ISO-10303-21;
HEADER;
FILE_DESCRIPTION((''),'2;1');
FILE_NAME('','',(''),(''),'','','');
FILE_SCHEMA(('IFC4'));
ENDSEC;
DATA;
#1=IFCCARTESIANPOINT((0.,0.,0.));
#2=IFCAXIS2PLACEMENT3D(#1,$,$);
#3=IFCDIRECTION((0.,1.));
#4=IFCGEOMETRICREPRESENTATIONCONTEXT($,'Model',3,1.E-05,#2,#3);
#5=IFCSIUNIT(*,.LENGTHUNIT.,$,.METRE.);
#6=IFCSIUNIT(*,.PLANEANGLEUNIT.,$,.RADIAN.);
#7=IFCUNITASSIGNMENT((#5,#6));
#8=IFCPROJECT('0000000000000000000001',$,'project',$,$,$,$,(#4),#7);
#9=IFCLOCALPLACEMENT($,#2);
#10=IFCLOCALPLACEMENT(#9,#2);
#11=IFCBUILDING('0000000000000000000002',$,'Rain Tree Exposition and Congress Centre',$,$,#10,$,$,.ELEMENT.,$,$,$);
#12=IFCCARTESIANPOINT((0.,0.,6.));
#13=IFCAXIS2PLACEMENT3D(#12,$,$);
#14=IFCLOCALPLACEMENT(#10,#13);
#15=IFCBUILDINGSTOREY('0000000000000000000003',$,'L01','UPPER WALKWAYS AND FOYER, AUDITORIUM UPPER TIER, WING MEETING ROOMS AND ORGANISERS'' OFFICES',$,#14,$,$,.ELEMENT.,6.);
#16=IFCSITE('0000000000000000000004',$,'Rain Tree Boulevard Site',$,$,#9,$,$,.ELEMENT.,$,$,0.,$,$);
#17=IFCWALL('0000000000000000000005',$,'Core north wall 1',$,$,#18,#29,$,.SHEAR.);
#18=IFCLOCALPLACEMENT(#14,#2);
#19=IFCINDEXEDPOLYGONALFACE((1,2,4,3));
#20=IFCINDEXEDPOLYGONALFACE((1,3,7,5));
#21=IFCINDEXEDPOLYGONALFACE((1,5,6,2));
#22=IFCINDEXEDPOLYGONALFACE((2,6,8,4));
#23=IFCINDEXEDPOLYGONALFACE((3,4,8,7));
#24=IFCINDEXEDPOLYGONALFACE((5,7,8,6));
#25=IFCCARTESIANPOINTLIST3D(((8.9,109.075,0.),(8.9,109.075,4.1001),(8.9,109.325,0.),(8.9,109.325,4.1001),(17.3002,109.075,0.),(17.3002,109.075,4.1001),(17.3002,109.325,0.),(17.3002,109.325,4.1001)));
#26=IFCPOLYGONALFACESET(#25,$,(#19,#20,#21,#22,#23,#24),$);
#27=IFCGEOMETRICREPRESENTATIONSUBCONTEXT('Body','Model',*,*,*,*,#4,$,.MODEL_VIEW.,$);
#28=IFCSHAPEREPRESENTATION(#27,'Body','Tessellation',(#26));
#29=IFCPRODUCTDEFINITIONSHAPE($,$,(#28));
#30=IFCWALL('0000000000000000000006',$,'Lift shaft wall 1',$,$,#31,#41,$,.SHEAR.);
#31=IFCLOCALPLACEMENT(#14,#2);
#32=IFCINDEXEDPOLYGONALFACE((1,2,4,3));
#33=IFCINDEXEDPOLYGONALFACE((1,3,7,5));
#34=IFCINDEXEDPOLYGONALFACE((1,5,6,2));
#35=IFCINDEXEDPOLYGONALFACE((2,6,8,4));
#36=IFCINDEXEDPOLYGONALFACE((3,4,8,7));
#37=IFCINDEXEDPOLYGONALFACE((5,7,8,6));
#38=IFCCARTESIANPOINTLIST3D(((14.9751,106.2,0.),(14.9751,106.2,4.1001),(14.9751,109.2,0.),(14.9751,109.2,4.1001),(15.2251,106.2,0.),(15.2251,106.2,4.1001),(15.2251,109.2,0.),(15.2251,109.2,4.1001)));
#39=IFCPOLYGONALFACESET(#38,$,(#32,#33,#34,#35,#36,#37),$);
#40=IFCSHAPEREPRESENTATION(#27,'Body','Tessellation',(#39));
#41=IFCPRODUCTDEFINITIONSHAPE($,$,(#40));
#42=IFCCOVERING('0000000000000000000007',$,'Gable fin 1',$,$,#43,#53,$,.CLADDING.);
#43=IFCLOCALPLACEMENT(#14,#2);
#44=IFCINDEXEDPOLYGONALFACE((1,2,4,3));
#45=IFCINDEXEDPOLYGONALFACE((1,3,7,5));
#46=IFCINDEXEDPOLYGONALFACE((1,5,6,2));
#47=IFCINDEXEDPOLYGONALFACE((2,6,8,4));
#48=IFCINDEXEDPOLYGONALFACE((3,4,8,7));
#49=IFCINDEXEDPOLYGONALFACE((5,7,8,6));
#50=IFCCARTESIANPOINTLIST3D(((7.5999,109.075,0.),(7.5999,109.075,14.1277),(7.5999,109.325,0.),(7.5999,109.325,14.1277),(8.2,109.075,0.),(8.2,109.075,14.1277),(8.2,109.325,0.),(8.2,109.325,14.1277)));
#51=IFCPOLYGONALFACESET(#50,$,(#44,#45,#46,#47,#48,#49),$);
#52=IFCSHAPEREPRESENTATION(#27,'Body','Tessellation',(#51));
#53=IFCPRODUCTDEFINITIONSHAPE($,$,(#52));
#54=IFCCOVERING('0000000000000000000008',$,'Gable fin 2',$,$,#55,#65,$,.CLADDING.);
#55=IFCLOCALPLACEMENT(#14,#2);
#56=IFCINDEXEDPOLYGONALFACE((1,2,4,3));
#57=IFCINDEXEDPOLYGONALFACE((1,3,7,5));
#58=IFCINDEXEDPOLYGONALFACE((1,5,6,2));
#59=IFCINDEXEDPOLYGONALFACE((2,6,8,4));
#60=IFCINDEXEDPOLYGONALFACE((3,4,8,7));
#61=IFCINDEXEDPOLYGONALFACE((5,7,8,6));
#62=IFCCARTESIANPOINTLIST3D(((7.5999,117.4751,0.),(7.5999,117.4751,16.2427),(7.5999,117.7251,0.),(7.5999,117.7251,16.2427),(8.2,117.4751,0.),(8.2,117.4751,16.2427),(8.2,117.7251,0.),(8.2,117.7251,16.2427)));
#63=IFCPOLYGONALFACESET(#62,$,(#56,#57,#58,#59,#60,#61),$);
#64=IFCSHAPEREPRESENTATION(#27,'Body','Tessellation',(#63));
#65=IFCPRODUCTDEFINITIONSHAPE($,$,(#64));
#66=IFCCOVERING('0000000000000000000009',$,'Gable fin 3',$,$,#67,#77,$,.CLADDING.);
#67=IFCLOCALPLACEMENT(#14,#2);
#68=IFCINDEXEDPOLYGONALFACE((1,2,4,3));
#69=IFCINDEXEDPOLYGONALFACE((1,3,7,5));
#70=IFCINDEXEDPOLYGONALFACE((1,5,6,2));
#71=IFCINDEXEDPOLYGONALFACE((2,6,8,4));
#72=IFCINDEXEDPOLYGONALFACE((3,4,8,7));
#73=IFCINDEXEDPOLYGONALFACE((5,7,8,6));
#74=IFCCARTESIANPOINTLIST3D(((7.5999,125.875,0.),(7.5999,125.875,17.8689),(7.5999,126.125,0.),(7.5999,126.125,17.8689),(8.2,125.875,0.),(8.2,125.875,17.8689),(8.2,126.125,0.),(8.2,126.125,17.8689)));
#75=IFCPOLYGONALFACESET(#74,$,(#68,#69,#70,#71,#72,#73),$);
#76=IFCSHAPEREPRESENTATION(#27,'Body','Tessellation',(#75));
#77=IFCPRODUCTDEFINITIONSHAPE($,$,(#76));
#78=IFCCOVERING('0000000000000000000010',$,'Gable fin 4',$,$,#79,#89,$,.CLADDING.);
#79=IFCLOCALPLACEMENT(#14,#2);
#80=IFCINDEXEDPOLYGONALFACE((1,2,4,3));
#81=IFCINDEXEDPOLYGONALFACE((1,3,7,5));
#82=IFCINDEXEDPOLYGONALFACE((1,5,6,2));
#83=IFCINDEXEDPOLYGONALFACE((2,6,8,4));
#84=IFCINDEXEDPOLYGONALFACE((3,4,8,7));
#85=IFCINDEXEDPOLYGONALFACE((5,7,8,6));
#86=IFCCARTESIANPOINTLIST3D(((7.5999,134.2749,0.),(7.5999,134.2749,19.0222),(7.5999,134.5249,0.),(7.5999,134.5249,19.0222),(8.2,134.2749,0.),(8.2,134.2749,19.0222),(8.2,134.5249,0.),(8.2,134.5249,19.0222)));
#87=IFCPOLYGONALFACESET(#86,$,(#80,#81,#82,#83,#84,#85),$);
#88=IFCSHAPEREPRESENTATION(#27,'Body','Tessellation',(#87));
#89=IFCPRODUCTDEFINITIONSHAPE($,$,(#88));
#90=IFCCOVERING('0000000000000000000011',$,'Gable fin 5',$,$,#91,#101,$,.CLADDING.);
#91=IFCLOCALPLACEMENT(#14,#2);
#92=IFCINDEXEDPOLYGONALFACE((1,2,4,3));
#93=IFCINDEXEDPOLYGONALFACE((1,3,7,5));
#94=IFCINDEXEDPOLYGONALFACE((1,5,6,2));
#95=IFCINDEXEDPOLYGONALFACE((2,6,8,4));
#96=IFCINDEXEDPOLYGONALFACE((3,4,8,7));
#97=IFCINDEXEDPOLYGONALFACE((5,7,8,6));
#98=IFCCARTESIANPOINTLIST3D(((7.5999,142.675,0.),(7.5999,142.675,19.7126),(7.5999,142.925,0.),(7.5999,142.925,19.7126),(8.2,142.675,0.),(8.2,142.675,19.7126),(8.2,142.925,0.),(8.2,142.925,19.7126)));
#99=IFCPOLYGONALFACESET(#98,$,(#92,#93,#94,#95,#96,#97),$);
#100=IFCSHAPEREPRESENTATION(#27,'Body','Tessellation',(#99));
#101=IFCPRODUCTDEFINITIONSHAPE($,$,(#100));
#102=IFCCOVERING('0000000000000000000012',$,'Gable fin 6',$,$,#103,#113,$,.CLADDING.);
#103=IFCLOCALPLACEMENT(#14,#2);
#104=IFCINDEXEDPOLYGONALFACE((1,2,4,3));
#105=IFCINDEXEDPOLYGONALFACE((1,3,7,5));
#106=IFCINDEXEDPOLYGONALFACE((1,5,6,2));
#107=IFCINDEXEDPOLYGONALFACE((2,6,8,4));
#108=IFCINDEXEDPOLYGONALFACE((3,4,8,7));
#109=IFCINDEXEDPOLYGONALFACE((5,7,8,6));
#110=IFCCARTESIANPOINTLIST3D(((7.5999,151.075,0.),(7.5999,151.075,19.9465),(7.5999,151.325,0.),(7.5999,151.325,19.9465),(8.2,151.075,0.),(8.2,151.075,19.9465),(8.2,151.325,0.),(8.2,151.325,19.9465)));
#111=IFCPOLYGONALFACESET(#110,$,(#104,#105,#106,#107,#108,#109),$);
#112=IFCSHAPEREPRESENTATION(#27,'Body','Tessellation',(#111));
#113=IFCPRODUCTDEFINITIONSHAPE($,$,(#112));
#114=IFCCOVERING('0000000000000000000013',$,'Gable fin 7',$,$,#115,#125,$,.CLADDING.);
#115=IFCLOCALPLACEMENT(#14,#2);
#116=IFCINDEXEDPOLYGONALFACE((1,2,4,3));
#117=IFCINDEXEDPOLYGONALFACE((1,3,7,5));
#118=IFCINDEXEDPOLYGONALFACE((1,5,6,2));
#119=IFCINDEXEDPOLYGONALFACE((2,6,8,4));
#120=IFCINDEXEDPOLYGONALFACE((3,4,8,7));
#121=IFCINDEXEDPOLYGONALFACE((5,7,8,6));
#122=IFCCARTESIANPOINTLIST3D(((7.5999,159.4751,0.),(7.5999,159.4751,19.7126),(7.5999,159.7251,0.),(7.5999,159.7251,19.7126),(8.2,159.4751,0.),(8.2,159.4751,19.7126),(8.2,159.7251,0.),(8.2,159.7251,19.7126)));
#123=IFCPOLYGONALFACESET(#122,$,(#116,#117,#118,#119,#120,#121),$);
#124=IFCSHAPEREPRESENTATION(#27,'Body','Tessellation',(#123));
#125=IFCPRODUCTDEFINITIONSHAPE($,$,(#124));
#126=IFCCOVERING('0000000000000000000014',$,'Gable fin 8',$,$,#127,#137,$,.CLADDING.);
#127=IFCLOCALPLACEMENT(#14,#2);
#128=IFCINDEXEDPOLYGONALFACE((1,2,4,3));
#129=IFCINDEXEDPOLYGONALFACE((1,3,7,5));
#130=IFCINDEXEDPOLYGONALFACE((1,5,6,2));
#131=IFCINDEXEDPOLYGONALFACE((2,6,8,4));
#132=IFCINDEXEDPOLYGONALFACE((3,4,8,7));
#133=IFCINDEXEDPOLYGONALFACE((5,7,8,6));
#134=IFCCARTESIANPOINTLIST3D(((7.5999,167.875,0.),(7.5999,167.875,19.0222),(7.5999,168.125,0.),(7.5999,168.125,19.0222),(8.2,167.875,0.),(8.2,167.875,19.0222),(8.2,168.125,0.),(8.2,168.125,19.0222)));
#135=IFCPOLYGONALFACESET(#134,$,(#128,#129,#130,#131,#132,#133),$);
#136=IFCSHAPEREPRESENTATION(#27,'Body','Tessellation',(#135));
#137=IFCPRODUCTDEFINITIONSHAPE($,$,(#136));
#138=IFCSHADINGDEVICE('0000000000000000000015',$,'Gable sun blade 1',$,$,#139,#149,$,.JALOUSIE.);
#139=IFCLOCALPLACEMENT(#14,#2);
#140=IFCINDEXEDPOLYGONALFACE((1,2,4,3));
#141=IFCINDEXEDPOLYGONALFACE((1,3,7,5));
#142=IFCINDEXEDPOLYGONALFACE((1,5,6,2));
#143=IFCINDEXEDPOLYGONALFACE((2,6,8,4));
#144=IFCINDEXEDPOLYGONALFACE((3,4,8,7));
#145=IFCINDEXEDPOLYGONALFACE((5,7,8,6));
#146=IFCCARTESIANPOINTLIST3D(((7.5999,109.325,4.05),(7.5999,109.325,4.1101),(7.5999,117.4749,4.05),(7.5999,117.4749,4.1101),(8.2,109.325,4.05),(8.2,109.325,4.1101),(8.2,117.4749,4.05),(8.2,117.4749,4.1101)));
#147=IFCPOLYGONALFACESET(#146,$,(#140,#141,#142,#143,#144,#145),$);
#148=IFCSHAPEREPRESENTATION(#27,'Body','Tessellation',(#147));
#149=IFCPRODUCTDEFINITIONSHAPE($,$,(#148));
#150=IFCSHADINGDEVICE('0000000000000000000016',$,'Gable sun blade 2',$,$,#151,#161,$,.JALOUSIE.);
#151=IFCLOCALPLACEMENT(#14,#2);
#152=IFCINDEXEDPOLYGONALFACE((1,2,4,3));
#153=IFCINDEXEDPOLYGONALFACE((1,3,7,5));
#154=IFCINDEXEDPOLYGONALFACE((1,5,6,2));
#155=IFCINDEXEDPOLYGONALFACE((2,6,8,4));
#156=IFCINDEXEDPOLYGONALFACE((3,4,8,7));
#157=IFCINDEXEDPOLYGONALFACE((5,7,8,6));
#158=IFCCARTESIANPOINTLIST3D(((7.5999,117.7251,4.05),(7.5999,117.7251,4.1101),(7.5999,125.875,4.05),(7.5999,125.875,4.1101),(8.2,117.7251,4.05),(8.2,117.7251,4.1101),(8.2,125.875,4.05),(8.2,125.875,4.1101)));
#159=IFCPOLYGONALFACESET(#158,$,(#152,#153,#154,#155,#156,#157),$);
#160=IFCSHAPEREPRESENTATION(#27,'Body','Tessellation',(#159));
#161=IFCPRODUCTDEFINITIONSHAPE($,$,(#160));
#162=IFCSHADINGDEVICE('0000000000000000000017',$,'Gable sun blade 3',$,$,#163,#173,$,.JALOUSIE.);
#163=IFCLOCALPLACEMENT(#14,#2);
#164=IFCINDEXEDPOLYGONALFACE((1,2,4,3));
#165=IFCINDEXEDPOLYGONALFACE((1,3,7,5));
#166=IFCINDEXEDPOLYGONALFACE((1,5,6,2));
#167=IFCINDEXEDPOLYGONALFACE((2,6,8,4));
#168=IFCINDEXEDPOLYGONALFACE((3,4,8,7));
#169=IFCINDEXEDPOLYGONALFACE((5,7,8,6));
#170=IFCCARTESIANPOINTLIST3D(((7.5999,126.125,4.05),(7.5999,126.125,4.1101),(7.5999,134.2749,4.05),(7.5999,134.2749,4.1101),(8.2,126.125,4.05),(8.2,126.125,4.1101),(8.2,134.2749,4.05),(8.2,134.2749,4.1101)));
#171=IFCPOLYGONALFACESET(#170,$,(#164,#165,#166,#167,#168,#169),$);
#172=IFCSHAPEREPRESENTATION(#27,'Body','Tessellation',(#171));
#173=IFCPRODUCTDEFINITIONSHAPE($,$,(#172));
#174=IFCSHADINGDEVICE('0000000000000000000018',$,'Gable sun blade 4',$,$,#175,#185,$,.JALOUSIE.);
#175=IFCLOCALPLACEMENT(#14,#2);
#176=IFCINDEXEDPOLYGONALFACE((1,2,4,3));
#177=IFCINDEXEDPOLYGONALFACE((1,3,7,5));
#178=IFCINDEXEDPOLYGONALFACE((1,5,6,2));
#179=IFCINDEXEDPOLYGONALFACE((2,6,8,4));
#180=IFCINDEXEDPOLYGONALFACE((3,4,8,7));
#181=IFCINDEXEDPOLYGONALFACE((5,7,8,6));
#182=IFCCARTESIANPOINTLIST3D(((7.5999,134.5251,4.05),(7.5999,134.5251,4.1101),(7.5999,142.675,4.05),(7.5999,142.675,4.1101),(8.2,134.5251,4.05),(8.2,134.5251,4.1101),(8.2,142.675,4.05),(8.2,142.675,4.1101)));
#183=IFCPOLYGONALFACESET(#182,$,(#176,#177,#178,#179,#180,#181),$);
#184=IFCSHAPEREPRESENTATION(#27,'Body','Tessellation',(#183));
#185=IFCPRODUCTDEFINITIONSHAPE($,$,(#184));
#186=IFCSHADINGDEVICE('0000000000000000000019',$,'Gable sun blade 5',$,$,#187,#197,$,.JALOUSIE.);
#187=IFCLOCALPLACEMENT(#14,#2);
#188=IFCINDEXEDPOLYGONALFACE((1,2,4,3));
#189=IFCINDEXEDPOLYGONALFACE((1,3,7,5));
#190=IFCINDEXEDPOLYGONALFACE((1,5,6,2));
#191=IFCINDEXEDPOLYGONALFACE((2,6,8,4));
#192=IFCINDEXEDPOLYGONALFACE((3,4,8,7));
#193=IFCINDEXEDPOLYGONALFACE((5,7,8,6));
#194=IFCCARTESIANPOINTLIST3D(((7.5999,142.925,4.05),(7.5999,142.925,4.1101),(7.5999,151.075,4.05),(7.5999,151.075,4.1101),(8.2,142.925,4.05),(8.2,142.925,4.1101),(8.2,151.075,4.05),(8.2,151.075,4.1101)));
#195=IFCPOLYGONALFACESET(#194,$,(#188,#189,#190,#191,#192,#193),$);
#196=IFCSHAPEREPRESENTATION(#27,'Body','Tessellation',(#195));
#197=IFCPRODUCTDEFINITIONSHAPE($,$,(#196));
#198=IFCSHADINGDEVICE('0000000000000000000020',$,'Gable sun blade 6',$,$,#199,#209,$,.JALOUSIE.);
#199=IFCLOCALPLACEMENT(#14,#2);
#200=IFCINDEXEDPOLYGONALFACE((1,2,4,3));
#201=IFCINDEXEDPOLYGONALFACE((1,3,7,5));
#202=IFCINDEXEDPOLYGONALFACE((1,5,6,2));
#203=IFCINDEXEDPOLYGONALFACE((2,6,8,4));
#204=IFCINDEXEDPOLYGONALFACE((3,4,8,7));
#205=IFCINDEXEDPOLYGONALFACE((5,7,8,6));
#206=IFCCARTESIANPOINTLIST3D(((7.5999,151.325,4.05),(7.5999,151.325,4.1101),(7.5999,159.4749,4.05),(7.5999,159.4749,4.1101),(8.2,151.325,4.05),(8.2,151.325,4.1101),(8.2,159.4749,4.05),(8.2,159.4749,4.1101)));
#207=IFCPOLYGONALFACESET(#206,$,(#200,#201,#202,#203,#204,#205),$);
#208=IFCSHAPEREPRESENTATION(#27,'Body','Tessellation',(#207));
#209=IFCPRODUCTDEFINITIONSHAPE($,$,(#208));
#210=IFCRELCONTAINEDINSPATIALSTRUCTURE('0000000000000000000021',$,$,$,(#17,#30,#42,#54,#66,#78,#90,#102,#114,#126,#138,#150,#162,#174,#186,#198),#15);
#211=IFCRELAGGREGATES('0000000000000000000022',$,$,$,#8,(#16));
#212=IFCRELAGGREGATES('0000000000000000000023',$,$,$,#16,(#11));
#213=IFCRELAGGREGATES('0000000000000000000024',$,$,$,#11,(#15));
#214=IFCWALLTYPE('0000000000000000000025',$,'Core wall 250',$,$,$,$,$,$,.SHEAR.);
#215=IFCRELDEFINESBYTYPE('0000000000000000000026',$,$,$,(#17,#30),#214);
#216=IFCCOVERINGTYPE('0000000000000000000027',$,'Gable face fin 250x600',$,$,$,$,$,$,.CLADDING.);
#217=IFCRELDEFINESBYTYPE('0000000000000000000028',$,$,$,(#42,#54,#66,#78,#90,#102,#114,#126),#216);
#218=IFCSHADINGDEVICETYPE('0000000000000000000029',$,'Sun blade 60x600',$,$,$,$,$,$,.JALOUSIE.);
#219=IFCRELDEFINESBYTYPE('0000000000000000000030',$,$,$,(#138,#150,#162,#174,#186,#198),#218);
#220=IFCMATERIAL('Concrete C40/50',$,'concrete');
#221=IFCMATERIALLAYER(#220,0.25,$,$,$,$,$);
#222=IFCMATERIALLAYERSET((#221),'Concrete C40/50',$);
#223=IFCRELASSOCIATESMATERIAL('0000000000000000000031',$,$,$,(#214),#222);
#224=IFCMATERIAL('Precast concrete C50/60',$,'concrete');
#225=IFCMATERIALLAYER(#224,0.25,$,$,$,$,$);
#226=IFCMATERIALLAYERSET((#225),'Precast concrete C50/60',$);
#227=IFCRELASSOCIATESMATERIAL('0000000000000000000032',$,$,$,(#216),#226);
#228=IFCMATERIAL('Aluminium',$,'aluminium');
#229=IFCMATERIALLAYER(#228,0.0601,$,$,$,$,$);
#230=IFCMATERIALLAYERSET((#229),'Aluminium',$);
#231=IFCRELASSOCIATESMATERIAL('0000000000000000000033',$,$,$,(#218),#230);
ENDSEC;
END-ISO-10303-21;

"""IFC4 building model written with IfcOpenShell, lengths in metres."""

from ifc_helpers import new_model, si_unit, direction, frame, frame_2d, origin, origin_2d, place, context, subcontext, project, spatial, rectangle, extrude, material, layer, layer_set, type_object, element, save


model = new_model("IFC4")

# Units and contexts
model_context = context("Model", 3, precision=1e-05, world=origin(), true_north=direction((0.0, 1.0)))
body_context = subcontext(model_context, "Body", "Model", "MODEL_VIEW")
ifc_project = project(units=[si_unit("LENGTHUNIT", "METRE"), si_unit("PLANEANGLEUNIT", "RADIAN")], contexts=[model_context])

# Site, building, storey
site_placement = place(None, origin())
site = spatial("IfcSite", under=ifc_project, at=site_placement, Name="Rain Tree Boulevard Site", CompositionType="ELEMENT", RefElevation=0.0)
building_placement = place(site_placement, origin())
building = spatial("IfcBuilding", under=site, at=building_placement, Name="Rain Tree Exposition and Congress Centre", CompositionType="ELEMENT")
storey_placement = place(building_placement, frame((0.0, 0.0, 6.0)))
storey = spatial("IfcBuildingStorey", under=building, at=storey_placement, Name="L01", Description="UPPER WALKWAYS AND FOYER, AUDITORIUM UPPER TIER, WING MEETING ROOMS AND ORGANISERS' OFFICES", CompositionType="ELEMENT", Elevation=6.0)

# Walls
ifc_material_1 = material(Name="Concrete C40/50", Category="concrete")
ifc_layer_1 = layer(ifc_material_1, 0.25)
ifc_layer_set_1 = layer_set([ifc_layer_1], Name="Concrete C40/50")
wall_type = type_object("IfcWallType", Name="Core wall 250", PredefinedType="SHEAR", material=ifc_layer_set_1)
wall_1_placement = place(storey_placement, frame((8.8999, 109.2, 0.0), z_axis=(0.0, 0.0, 1.0), x_axis=(1.0, 0.0, 0.0)))
element("IfcWall", 1, at=wall_1_placement, inside=storey, type_object=wall_type, Name="Core north wall 1", PredefinedType="SHEAR", context=body_context, shape_type="SweptSolid", body=[
    extrude(rectangle(XDim=8.4001, YDim=0.25, at=frame_2d((4.2002, 0.0))), origin(), (0.0, 0.0, 1.0), 4.1001),
])
wall_2_placement = place(storey_placement, frame((15.1001, 106.2, 0.0), z_axis=(0.0, 0.0, 1.0), x_axis=(0.0, 1.0, 0.0)))
element("IfcWall", 2, at=wall_2_placement, inside=storey, type_object=wall_type, Name="Lift shaft wall 1", PredefinedType="SHEAR", context=body_context, shape_type="SweptSolid", body=[
    extrude(rectangle(XDim=3.0, YDim=0.25, at=frame_2d((1.5, 0.0))), origin(), (0.0, 0.0, 1.0), 4.1001),
])

# Coverings
ifc_material_2 = material(Name="Precast concrete C50/60", Category="concrete")
ifc_layer_2 = layer(ifc_material_2, 0.25)
ifc_layer_set_2 = layer_set([ifc_layer_2], Name="Precast concrete C50/60")
covering_type = type_object("IfcCoveringType", Name="Gable face fin 250x600", PredefinedType="CLADDING", material=ifc_layer_set_2)
covering_1_placement = place(storey_placement, frame((7.8999, 109.2, 0.0), z_axis=(0.0, 0.0, 1.0), x_axis=(1.0, 0.0, 0.0)))
element("IfcCovering", 3, at=covering_1_placement, inside=storey, type_object=covering_type, Name="Gable fin 1", PredefinedType="CLADDING", context=body_context, shape_type="SweptSolid", body=[
    extrude(rectangle(XDim=0.6001, YDim=0.25, at=origin_2d()), origin(), (0.0, 0.0, 1.0), 14.1277),
])
covering_2_placement = place(storey_placement, frame((7.8999, 117.6001, 0.0), z_axis=(0.0, 0.0, 1.0), x_axis=(1.0, 0.0, 0.0)))
element("IfcCovering", 4, at=covering_2_placement, inside=storey, type_object=covering_type, Name="Gable fin 2", PredefinedType="CLADDING", context=body_context, shape_type="SweptSolid", body=[
    extrude(rectangle(XDim=0.6001, YDim=0.25, at=origin_2d()), origin(), (0.0, 0.0, 1.0), 16.2427),
])
covering_3_placement = place(storey_placement, frame((7.8999, 126.0, 0.0), z_axis=(0.0, 0.0, 1.0), x_axis=(1.0, 0.0, 0.0)))
element("IfcCovering", 5, at=covering_3_placement, inside=storey, type_object=covering_type, Name="Gable fin 3", PredefinedType="CLADDING", context=body_context, shape_type="SweptSolid", body=[
    extrude(rectangle(XDim=0.6001, YDim=0.25, at=origin_2d()), origin(), (0.0, 0.0, 1.0), 17.8689),
])
covering_4_placement = place(storey_placement, frame((7.8999, 134.3999, 0.0), z_axis=(0.0, 0.0, 1.0), x_axis=(1.0, 0.0, 0.0)))
element("IfcCovering", 6, at=covering_4_placement, inside=storey, type_object=covering_type, Name="Gable fin 4", PredefinedType="CLADDING", context=body_context, shape_type="SweptSolid", body=[
    extrude(rectangle(XDim=0.6001, YDim=0.25, at=origin_2d()), origin(), (0.0, 0.0, 1.0), 19.0222),
])
covering_5_placement = place(storey_placement, frame((7.8999, 142.8, 0.0), z_axis=(0.0, 0.0, 1.0), x_axis=(1.0, 0.0, 0.0)))
element("IfcCovering", 7, at=covering_5_placement, inside=storey, type_object=covering_type, Name="Gable fin 5", PredefinedType="CLADDING", context=body_context, shape_type="SweptSolid", body=[
    extrude(rectangle(XDim=0.6001, YDim=0.25, at=origin_2d()), origin(), (0.0, 0.0, 1.0), 19.7126),
])
covering_6_placement = place(storey_placement, frame((7.8999, 151.2, 0.0), z_axis=(0.0, 0.0, 1.0), x_axis=(1.0, 0.0, 0.0)))
element("IfcCovering", 8, at=covering_6_placement, inside=storey, type_object=covering_type, Name="Gable fin 6", PredefinedType="CLADDING", context=body_context, shape_type="SweptSolid", body=[
    extrude(rectangle(XDim=0.6001, YDim=0.25, at=origin_2d()), origin(), (0.0, 0.0, 1.0), 19.9465),
])
covering_7_placement = place(storey_placement, frame((7.8999, 159.6001, 0.0), z_axis=(0.0, 0.0, 1.0), x_axis=(1.0, 0.0, 0.0)))
element("IfcCovering", 9, at=covering_7_placement, inside=storey, type_object=covering_type, Name="Gable fin 7", PredefinedType="CLADDING", context=body_context, shape_type="SweptSolid", body=[
    extrude(rectangle(XDim=0.6001, YDim=0.25, at=origin_2d()), origin(), (0.0, 0.0, 1.0), 19.7126),
])
covering_8_placement = place(storey_placement, frame((7.8999, 168.0, 0.0), z_axis=(0.0, 0.0, 1.0), x_axis=(1.0, 0.0, 0.0)))
element("IfcCovering", 10, at=covering_8_placement, inside=storey, type_object=covering_type, Name="Gable fin 8", PredefinedType="CLADDING", context=body_context, shape_type="SweptSolid", body=[
    extrude(rectangle(XDim=0.6001, YDim=0.25, at=origin_2d()), origin(), (0.0, 0.0, 1.0), 19.0222),
])

# Shading devices
ifc_material_3 = material(Name="Aluminium", Category="aluminium")
ifc_layer_3 = layer(ifc_material_3, 0.0601)
ifc_layer_set_3 = layer_set([ifc_layer_3], Name="Aluminium")
shading_device_type = type_object("IfcShadingDeviceType", Name="Sun blade 60x600", PredefinedType="JALOUSIE", material=ifc_layer_set_3)
for number, where, z_axis, x_axis, name in (
    (11, (7.8999, 113.3999, 4.05), (0.0, 0.0, 1.0), (1.0, 0.0, 0.0), "Gable sun blade 1"),
    (12, (7.8999, 121.8, 4.05), (0.0, 0.0, 1.0), (1.0, 0.0, 0.0), "Gable sun blade 2"),
    (13, (7.8999, 130.2, 4.05), (0.0, 0.0, 1.0), (1.0, 0.0, 0.0), "Gable sun blade 3"),
    (14, (7.8999, 138.6001, 4.05), (0.0, 0.0, 1.0), (1.0, 0.0, 0.0), "Gable sun blade 4"),
    (15, (7.8999, 147.0, 4.05), (0.0, 0.0, 1.0), (1.0, 0.0, 0.0), "Gable sun blade 5"),
    (16, (7.8999, 155.3999, 4.05), (0.0, 0.0, 1.0), (1.0, 0.0, 0.0), "Gable sun blade 6"),
):
    element("IfcShadingDevice", number, at=place(storey_placement, frame(where, z_axis=z_axis, x_axis=x_axis)), inside=storey, type_object=shading_device_type, Name=name, PredefinedType="JALOUSIE", context=body_context, shape_type="SweptSolid", body=[
        extrude(rectangle(XDim=0.6001, YDim=8.1499, at=origin_2d()), origin(), (0.0, 0.0, 1.0), 0.0601),
    ])

save(model, "model.ifc")
